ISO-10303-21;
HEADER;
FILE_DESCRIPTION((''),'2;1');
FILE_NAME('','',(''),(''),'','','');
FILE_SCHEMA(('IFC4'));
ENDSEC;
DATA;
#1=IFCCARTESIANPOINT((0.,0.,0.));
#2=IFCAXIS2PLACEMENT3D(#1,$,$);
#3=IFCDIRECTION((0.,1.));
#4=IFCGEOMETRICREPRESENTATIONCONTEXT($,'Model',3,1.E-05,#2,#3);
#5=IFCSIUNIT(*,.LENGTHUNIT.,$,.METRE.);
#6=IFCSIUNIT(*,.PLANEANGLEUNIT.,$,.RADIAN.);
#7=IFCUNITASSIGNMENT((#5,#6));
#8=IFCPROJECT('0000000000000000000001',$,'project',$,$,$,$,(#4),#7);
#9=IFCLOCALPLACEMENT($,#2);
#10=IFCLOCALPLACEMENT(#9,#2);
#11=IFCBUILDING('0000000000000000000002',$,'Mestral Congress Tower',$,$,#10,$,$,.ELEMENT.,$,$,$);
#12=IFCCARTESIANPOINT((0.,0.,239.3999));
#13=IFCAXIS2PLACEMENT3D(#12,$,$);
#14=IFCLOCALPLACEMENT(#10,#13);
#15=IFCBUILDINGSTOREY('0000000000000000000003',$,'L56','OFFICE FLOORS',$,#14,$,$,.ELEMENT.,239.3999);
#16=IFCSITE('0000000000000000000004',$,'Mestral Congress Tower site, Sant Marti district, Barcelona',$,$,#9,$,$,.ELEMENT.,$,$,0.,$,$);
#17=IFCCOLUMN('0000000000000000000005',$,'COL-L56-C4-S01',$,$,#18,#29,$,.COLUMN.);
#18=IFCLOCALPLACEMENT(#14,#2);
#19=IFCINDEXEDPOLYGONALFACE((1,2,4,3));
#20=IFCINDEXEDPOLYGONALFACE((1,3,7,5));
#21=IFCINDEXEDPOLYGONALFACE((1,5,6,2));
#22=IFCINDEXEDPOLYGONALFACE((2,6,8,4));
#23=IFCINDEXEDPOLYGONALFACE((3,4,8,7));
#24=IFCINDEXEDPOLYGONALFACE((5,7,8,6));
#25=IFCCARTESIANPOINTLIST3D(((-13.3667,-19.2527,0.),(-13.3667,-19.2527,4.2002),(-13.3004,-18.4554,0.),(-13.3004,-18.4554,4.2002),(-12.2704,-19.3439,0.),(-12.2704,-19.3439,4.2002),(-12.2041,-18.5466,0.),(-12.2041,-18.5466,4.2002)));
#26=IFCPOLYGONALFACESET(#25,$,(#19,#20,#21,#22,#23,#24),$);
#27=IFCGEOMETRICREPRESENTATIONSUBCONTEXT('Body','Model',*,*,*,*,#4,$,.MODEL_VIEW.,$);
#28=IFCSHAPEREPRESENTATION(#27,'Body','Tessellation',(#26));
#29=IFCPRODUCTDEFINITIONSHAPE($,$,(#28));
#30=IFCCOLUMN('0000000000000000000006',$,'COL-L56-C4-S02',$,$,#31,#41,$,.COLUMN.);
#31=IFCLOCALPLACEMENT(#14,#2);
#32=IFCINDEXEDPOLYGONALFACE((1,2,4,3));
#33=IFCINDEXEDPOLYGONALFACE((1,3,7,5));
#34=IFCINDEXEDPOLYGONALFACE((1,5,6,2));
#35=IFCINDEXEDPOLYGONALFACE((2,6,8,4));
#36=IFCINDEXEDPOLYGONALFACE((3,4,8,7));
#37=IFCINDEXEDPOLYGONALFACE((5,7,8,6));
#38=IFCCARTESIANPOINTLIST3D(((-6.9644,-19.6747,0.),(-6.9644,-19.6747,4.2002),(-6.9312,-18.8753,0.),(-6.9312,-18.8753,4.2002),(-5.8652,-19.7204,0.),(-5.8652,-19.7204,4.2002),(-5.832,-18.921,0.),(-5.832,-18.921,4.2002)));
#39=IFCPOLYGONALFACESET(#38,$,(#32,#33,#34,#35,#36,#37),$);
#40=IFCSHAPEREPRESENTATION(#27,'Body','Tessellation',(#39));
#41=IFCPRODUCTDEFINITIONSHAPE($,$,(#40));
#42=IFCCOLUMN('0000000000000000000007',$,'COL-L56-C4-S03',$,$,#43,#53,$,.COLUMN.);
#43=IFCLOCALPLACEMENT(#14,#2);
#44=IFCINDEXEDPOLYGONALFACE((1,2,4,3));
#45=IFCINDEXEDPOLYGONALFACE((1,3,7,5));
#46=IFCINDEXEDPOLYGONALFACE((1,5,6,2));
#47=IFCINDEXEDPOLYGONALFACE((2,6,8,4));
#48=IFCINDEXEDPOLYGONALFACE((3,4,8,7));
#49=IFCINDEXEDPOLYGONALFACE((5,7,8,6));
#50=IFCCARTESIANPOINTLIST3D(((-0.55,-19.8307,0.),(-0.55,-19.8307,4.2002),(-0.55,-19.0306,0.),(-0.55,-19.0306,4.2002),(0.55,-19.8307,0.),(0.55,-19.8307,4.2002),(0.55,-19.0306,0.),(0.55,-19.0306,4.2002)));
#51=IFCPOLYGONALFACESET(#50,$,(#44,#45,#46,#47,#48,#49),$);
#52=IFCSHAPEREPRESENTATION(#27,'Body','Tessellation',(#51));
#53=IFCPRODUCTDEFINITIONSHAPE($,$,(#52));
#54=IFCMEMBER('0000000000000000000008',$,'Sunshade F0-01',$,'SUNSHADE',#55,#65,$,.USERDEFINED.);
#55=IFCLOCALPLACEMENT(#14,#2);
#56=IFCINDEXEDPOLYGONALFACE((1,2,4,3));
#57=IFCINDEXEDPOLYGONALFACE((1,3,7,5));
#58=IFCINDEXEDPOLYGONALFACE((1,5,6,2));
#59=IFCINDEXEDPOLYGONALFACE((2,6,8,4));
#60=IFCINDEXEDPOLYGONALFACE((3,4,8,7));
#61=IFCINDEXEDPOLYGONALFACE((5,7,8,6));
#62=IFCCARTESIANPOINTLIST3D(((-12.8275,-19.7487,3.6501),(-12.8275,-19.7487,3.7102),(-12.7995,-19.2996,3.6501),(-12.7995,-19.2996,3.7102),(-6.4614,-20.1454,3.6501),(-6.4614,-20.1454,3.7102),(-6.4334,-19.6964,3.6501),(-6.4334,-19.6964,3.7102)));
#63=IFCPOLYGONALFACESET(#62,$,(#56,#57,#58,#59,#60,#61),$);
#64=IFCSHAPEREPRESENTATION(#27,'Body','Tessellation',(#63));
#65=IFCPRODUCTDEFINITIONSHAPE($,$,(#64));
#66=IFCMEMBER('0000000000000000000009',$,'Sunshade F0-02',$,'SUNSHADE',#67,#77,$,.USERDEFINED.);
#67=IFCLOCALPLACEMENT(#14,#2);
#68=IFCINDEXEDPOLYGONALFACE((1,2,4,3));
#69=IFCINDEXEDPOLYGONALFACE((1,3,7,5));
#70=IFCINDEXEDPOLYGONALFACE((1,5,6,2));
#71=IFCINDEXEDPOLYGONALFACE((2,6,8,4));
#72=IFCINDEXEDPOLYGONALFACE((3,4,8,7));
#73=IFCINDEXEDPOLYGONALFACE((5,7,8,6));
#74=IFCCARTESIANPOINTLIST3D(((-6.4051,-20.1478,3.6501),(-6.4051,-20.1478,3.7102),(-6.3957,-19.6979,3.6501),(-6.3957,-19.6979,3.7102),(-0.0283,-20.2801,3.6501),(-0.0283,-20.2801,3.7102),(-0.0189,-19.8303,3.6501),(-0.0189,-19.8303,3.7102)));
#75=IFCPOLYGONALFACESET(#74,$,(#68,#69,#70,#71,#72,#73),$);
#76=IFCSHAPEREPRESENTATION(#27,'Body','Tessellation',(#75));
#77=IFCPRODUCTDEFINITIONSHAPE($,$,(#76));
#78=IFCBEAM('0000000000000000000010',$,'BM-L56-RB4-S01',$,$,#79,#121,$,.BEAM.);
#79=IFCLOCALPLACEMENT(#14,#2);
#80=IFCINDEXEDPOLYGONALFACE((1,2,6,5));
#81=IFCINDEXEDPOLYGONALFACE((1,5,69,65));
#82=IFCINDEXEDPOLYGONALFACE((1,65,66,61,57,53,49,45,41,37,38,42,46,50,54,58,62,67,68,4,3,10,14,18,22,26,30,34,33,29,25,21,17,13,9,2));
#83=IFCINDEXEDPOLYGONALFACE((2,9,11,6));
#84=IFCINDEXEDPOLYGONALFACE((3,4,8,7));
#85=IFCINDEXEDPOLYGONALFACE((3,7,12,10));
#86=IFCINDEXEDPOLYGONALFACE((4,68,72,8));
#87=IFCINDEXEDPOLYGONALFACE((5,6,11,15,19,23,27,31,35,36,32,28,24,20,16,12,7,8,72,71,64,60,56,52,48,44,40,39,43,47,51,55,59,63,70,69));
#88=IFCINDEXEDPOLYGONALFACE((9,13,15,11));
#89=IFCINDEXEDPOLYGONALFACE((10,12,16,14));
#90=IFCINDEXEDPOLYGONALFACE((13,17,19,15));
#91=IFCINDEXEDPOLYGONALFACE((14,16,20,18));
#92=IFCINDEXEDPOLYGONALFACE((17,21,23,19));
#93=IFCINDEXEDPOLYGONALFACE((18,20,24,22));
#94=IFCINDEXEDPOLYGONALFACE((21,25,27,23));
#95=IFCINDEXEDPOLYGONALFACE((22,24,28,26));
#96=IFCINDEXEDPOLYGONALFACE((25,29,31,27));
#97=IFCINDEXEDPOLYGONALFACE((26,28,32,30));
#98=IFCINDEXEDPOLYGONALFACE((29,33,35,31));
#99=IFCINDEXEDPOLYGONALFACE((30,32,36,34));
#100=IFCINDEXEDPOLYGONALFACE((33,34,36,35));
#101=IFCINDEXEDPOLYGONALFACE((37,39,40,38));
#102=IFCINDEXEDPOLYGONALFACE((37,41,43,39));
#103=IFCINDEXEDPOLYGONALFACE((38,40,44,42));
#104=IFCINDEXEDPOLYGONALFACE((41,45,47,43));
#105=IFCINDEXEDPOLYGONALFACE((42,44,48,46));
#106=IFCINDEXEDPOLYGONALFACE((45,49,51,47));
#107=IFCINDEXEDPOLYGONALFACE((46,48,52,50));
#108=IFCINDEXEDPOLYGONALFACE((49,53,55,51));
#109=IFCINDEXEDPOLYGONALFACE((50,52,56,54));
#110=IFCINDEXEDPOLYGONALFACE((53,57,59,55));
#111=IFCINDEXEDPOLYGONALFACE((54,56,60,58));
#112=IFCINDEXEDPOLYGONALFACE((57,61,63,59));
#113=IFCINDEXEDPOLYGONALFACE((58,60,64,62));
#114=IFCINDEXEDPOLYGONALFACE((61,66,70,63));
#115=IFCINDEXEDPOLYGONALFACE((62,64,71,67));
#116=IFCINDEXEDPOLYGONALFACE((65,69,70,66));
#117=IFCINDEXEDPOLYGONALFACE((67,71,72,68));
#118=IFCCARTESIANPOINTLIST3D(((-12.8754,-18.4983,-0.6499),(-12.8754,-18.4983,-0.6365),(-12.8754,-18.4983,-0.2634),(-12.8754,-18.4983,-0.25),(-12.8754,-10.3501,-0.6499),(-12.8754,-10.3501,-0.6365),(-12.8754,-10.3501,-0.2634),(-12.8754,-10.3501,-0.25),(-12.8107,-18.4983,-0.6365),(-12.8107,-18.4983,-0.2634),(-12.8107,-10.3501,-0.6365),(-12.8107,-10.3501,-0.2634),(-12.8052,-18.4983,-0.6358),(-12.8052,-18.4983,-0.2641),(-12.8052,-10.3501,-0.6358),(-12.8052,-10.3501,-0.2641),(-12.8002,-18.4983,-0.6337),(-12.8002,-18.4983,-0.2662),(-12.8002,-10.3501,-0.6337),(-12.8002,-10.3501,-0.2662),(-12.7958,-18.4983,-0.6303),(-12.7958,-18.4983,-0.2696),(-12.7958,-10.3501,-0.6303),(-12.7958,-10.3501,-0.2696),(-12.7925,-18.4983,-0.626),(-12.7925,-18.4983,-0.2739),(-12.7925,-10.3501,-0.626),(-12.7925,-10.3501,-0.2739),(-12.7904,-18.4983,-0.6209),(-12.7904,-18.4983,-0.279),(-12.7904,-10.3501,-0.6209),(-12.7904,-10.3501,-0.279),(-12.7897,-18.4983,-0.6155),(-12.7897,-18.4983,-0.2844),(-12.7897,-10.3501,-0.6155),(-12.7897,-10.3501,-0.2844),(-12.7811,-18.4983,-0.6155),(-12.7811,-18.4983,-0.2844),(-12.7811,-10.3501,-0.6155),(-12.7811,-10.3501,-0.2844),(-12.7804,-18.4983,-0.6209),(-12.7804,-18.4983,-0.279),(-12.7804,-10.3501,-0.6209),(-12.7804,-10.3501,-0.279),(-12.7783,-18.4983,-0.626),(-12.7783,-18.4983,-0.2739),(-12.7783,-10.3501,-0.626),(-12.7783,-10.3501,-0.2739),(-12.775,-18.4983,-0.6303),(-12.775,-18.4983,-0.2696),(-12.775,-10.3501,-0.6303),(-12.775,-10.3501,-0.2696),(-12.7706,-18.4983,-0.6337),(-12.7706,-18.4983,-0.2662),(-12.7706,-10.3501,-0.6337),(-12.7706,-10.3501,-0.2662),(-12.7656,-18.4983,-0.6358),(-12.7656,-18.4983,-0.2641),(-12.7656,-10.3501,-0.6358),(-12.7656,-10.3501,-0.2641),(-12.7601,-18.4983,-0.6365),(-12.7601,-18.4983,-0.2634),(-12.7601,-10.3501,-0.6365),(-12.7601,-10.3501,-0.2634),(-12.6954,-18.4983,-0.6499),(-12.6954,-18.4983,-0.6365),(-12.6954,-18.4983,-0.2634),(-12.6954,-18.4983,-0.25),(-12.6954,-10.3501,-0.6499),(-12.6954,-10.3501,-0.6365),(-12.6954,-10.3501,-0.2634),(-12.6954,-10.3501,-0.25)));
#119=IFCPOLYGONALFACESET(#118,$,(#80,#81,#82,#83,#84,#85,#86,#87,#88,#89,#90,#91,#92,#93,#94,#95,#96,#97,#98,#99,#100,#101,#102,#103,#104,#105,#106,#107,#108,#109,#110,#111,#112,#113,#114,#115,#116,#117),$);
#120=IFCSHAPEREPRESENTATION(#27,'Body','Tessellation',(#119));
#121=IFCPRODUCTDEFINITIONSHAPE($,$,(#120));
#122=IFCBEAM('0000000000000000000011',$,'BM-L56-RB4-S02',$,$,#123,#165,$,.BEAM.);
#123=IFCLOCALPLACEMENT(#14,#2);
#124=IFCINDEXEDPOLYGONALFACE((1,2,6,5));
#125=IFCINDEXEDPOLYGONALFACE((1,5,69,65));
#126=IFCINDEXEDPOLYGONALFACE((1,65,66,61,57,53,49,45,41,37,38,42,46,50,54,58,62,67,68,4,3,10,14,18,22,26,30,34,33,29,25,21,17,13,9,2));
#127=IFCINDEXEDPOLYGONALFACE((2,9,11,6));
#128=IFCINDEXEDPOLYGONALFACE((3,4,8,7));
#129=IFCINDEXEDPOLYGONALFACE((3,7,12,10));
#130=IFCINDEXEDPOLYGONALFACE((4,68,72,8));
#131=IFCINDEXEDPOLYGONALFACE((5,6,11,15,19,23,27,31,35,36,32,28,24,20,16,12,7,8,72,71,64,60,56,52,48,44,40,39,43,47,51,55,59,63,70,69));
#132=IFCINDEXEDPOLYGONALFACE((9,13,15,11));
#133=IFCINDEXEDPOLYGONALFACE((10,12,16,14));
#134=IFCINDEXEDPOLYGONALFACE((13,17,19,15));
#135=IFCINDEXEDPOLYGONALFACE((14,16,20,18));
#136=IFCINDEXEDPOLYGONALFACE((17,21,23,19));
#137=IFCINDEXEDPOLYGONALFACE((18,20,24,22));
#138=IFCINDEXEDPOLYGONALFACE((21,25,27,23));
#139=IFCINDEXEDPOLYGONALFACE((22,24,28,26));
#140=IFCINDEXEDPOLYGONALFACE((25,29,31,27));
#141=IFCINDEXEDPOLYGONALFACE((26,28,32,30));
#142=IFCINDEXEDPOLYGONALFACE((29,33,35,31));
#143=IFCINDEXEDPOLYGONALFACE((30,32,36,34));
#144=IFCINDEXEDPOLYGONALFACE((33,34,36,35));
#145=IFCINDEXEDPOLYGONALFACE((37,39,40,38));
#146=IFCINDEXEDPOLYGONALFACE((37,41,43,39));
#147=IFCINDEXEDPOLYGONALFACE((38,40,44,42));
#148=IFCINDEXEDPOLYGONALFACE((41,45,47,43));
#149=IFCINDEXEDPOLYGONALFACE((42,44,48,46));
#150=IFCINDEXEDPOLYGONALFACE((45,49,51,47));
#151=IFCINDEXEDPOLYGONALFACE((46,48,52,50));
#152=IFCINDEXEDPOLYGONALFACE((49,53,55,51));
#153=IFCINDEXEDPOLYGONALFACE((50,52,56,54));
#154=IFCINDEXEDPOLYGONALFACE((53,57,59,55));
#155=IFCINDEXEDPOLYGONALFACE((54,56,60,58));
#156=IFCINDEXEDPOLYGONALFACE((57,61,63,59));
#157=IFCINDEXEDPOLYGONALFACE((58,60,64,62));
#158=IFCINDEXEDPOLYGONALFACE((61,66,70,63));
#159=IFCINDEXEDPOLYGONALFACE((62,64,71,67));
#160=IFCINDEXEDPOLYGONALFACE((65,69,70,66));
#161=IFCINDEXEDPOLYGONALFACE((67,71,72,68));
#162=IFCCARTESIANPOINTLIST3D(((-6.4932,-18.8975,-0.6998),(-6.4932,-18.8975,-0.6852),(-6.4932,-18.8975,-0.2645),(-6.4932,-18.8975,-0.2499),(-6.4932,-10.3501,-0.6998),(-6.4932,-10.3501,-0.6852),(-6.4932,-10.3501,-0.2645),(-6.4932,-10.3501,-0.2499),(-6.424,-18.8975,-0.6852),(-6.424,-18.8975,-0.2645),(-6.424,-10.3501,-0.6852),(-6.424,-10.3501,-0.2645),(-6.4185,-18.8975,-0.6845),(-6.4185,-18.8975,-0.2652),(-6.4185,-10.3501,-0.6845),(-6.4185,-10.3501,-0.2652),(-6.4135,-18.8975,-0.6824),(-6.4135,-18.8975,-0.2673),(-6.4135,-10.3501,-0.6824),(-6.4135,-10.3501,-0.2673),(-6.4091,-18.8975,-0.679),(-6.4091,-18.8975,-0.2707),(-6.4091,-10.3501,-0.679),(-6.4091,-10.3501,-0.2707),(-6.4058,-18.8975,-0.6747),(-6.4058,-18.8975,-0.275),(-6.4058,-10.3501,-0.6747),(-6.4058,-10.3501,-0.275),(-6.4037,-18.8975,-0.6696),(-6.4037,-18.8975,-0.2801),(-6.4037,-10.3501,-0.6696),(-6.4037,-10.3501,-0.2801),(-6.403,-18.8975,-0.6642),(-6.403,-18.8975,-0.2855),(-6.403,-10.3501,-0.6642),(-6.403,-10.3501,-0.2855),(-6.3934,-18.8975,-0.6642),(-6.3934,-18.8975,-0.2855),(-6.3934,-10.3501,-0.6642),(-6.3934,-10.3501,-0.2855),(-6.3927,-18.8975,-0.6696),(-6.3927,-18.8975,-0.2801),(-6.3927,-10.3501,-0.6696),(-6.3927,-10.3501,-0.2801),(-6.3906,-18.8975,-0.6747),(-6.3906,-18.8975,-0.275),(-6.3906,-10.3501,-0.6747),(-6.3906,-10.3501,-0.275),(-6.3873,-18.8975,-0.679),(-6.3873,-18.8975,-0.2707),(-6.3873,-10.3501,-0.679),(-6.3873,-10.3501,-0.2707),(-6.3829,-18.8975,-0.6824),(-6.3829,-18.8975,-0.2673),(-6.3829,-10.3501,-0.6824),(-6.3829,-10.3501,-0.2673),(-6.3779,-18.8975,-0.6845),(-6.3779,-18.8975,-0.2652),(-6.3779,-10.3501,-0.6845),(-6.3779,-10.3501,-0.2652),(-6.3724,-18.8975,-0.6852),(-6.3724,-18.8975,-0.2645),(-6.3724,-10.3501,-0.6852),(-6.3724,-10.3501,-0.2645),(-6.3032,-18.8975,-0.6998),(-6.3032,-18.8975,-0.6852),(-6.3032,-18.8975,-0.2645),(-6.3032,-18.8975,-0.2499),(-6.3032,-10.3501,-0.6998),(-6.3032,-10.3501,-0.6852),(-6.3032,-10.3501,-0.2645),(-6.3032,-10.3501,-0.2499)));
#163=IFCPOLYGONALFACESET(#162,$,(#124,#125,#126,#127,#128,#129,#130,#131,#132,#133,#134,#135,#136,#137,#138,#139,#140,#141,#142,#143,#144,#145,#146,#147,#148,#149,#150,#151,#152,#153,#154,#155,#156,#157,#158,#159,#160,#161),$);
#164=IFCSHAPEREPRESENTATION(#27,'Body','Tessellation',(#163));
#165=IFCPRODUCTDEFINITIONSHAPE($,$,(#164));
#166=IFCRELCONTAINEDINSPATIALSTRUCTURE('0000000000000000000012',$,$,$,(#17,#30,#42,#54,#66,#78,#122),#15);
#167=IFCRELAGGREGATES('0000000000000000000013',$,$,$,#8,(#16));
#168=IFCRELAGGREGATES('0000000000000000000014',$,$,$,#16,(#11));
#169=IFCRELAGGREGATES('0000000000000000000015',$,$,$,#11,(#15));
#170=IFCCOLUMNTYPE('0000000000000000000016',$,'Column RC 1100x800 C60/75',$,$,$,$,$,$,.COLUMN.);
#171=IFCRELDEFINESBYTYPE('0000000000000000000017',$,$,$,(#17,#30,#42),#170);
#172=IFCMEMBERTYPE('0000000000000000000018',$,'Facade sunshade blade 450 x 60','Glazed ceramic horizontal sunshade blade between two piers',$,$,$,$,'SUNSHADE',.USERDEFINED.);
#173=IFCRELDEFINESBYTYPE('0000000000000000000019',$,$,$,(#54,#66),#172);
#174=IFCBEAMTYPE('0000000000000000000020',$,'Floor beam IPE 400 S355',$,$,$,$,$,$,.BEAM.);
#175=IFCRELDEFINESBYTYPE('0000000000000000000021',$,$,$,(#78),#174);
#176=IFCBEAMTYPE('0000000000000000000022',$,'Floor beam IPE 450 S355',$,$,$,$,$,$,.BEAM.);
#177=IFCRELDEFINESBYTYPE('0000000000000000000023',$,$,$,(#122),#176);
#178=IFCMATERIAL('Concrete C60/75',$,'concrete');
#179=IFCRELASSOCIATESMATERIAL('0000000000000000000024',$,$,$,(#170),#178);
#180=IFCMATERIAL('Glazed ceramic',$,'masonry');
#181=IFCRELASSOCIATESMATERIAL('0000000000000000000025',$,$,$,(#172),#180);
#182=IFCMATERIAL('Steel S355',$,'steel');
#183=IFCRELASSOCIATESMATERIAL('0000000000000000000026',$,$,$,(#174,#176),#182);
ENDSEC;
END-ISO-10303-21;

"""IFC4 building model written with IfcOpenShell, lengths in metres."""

from ifc_helpers import new_model, si_unit, direction, frame, origin, origin_2d, place, context, subcontext, project, spatial, rectangle, i_section, extrude, material, material_profile, profile_set, type_object, element, save


model = new_model("IFC4")

# Units and contexts
model_context = context("Model", 3, precision=1e-05, world=origin(), true_north=direction((0.0, 1.0)))
body_context = subcontext(model_context, "Body", "Model", "MODEL_VIEW")
ifc_project = project(units=[si_unit("LENGTHUNIT", "METRE"), si_unit("PLANEANGLEUNIT", "RADIAN")], contexts=[model_context])

# Site, building, storey
site_placement = place(None, origin())
site = spatial("IfcSite", under=ifc_project, at=site_placement, Name="Mestral Congress Tower site, Sant Marti district, Barcelona", CompositionType="ELEMENT", RefElevation=0.0)
building_placement = place(site_placement, origin())
building = spatial("IfcBuilding", under=site, at=building_placement, Name="Mestral Congress Tower", CompositionType="ELEMENT")
storey_placement = place(building_placement, frame((0.0, 0.0, 239.3999)))
storey = spatial("IfcBuildingStorey", under=building, at=storey_placement, Name="L56", Description="OFFICE FLOORS", CompositionType="ELEMENT", Elevation=239.3999)

# Columns
ifc_material_1 = material(Name="Concrete C60/75", Category="concrete")
ifc_material_profile_1 = material_profile(ifc_material_1, rectangle(XDim=1.1001, YDim=0.8, at=origin_2d()), Name="RC 1100x800")
ifc_profile_set_1 = profile_set([ifc_material_profile_1], Name="Concrete C60/75")
column_type = type_object("IfcColumnType", Name="Column RC 1100x800 C60/75", PredefinedType="COLUMN", material=ifc_profile_set_1)
for number, where, z_axis, x_axis, name in (
    (1, (-12.7854, -18.8997, 0.0), (0.0, 0.0, 1.0), (0.996557, -0.082914, 0.0), "COL-L56-C4-S01"),
    (2, (-6.3982, -19.2979, 0.0), (0.0, 0.0, 1.0), (0.999139, -0.041492, 0.0), "COL-L56-C4-S02"),
    (3, (0.0, -19.4307, 0.0), (0.0, 0.0, 1.0), (1.0, 0.0, 0.0), "COL-L56-C4-S03"),
):
    element("IfcColumn", number, at=place(storey_placement, frame(where, z_axis=z_axis, x_axis=x_axis)), inside=storey, type_object=column_type, Name=name, PredefinedType="COLUMN", context=body_context, shape_type="SweptSolid", body=[
        extrude(rectangle(XDim=1.1001, YDim=0.8, at=origin_2d()), origin(), (0.0, 0.0, 1.0), 4.2002),
    ])

# Members
ifc_material_2 = material(Name="Glazed ceramic", Category="masonry")
ifc_material_profile_2 = material_profile(ifc_material_2, rectangle(XDim=0.45, YDim=0.0601, at=origin_2d()), Name="Ceramic blade 450 x 60")
ifc_profile_set_2 = profile_set([ifc_material_profile_2], Name="Glazed ceramic")
member_type = type_object("IfcMemberType", Name="Facade sunshade blade 450 x 60", Description="Glazed ceramic horizontal sunshade blade between two piers", ElementType="SUNSHADE", PredefinedType="USERDEFINED", material=ifc_profile_set_2)
member_1_placement = place(storey_placement, frame((-12.8135, -19.5242, 3.6802), z_axis=(0.998064, -0.0622, 0.0), x_axis=(0.0622, 0.998064, 0.0)))
element("IfcMember", 4, at=member_1_placement, inside=storey, type_object=member_type, Name="Sunshade F0-01", ObjectType="SUNSHADE", PredefinedType="USERDEFINED", context=body_context, shape_type="SweptSolid", body=[
    extrude(rectangle(XDim=0.45, YDim=0.0601, at=origin_2d()), origin(), (0.0, 0.0, 1.0), 6.3784),
])
member_2_placement = place(storey_placement, frame((-6.4004, -19.9229, 3.6802), z_axis=(0.999785, -0.020747, 0.0), x_axis=(0.020747, 0.999785, 0.0)))
element("IfcMember", 5, at=member_2_placement, inside=storey, type_object=member_type, Name="Sunshade F0-02", ObjectType="SUNSHADE", PredefinedType="USERDEFINED", context=body_context, shape_type="SweptSolid", body=[
    extrude(rectangle(XDim=0.45, YDim=0.0601, at=origin_2d()), origin(), (0.0, 0.0, 1.0), 6.3782),
])

# Beams
ifc_material_3 = material(Name="Steel S355", Category="steel")
ifc_material_profile_3 = material_profile(ifc_material_3, i_section(OverallWidth=0.1799, OverallDepth=0.3999, WebThickness=0.0085, FlangeThickness=0.0134, FilletRadius=0.021, at=origin_2d()), Name="IPE 400")
ifc_profile_set_3 = profile_set([ifc_material_profile_3], Name="Steel S355")
beam_type_1 = type_object("IfcBeamType", Name="Floor beam IPE 400 S355", PredefinedType="BEAM", material=ifc_profile_set_3)
beam_1_placement = place(storey_placement, frame((-12.7854, -18.4983, -0.45), z_axis=(0.0, 1.0, 0.0), x_axis=(-1.0, 0.0, 0.0)))
element("IfcBeam", 6, at=beam_1_placement, inside=storey, type_object=beam_type_1, Name="BM-L56-RB4-S01", PredefinedType="BEAM", context=body_context, shape_type="SweptSolid", body=[
    extrude(i_section(OverallWidth=0.1799, OverallDepth=0.3999, WebThickness=0.0085, FlangeThickness=0.0134, FilletRadius=0.021, at=origin_2d()), origin(), (0.0, 0.0, 1.0), 8.1482),
])
ifc_material_profile_4 = material_profile(ifc_material_3, i_section(OverallWidth=0.1899, OverallDepth=0.45, WebThickness=0.0095, FlangeThickness=0.0146, FilletRadius=0.021, at=origin_2d()), Name="IPE 450")
ifc_profile_set_4 = profile_set([ifc_material_profile_4], Name="Steel S355")
beam_type_2 = type_object("IfcBeamType", Name="Floor beam IPE 450 S355", PredefinedType="BEAM", material=ifc_profile_set_4)
beam_2_placement = place(storey_placement, frame((-6.3982, -18.8975, -0.4749), z_axis=(0.0, 1.0, 0.0), x_axis=(-1.0, 0.0, 0.0)))
element("IfcBeam", 7, at=beam_2_placement, inside=storey, type_object=beam_type_2, Name="BM-L56-RB4-S02", PredefinedType="BEAM", context=body_context, shape_type="SweptSolid", body=[
    extrude(i_section(OverallWidth=0.1899, OverallDepth=0.45, WebThickness=0.0095, FlangeThickness=0.0146, FilletRadius=0.021, at=origin_2d()), origin(), (0.0, 0.0, 1.0), 8.5474),
])

save(model, "model.ifc")
